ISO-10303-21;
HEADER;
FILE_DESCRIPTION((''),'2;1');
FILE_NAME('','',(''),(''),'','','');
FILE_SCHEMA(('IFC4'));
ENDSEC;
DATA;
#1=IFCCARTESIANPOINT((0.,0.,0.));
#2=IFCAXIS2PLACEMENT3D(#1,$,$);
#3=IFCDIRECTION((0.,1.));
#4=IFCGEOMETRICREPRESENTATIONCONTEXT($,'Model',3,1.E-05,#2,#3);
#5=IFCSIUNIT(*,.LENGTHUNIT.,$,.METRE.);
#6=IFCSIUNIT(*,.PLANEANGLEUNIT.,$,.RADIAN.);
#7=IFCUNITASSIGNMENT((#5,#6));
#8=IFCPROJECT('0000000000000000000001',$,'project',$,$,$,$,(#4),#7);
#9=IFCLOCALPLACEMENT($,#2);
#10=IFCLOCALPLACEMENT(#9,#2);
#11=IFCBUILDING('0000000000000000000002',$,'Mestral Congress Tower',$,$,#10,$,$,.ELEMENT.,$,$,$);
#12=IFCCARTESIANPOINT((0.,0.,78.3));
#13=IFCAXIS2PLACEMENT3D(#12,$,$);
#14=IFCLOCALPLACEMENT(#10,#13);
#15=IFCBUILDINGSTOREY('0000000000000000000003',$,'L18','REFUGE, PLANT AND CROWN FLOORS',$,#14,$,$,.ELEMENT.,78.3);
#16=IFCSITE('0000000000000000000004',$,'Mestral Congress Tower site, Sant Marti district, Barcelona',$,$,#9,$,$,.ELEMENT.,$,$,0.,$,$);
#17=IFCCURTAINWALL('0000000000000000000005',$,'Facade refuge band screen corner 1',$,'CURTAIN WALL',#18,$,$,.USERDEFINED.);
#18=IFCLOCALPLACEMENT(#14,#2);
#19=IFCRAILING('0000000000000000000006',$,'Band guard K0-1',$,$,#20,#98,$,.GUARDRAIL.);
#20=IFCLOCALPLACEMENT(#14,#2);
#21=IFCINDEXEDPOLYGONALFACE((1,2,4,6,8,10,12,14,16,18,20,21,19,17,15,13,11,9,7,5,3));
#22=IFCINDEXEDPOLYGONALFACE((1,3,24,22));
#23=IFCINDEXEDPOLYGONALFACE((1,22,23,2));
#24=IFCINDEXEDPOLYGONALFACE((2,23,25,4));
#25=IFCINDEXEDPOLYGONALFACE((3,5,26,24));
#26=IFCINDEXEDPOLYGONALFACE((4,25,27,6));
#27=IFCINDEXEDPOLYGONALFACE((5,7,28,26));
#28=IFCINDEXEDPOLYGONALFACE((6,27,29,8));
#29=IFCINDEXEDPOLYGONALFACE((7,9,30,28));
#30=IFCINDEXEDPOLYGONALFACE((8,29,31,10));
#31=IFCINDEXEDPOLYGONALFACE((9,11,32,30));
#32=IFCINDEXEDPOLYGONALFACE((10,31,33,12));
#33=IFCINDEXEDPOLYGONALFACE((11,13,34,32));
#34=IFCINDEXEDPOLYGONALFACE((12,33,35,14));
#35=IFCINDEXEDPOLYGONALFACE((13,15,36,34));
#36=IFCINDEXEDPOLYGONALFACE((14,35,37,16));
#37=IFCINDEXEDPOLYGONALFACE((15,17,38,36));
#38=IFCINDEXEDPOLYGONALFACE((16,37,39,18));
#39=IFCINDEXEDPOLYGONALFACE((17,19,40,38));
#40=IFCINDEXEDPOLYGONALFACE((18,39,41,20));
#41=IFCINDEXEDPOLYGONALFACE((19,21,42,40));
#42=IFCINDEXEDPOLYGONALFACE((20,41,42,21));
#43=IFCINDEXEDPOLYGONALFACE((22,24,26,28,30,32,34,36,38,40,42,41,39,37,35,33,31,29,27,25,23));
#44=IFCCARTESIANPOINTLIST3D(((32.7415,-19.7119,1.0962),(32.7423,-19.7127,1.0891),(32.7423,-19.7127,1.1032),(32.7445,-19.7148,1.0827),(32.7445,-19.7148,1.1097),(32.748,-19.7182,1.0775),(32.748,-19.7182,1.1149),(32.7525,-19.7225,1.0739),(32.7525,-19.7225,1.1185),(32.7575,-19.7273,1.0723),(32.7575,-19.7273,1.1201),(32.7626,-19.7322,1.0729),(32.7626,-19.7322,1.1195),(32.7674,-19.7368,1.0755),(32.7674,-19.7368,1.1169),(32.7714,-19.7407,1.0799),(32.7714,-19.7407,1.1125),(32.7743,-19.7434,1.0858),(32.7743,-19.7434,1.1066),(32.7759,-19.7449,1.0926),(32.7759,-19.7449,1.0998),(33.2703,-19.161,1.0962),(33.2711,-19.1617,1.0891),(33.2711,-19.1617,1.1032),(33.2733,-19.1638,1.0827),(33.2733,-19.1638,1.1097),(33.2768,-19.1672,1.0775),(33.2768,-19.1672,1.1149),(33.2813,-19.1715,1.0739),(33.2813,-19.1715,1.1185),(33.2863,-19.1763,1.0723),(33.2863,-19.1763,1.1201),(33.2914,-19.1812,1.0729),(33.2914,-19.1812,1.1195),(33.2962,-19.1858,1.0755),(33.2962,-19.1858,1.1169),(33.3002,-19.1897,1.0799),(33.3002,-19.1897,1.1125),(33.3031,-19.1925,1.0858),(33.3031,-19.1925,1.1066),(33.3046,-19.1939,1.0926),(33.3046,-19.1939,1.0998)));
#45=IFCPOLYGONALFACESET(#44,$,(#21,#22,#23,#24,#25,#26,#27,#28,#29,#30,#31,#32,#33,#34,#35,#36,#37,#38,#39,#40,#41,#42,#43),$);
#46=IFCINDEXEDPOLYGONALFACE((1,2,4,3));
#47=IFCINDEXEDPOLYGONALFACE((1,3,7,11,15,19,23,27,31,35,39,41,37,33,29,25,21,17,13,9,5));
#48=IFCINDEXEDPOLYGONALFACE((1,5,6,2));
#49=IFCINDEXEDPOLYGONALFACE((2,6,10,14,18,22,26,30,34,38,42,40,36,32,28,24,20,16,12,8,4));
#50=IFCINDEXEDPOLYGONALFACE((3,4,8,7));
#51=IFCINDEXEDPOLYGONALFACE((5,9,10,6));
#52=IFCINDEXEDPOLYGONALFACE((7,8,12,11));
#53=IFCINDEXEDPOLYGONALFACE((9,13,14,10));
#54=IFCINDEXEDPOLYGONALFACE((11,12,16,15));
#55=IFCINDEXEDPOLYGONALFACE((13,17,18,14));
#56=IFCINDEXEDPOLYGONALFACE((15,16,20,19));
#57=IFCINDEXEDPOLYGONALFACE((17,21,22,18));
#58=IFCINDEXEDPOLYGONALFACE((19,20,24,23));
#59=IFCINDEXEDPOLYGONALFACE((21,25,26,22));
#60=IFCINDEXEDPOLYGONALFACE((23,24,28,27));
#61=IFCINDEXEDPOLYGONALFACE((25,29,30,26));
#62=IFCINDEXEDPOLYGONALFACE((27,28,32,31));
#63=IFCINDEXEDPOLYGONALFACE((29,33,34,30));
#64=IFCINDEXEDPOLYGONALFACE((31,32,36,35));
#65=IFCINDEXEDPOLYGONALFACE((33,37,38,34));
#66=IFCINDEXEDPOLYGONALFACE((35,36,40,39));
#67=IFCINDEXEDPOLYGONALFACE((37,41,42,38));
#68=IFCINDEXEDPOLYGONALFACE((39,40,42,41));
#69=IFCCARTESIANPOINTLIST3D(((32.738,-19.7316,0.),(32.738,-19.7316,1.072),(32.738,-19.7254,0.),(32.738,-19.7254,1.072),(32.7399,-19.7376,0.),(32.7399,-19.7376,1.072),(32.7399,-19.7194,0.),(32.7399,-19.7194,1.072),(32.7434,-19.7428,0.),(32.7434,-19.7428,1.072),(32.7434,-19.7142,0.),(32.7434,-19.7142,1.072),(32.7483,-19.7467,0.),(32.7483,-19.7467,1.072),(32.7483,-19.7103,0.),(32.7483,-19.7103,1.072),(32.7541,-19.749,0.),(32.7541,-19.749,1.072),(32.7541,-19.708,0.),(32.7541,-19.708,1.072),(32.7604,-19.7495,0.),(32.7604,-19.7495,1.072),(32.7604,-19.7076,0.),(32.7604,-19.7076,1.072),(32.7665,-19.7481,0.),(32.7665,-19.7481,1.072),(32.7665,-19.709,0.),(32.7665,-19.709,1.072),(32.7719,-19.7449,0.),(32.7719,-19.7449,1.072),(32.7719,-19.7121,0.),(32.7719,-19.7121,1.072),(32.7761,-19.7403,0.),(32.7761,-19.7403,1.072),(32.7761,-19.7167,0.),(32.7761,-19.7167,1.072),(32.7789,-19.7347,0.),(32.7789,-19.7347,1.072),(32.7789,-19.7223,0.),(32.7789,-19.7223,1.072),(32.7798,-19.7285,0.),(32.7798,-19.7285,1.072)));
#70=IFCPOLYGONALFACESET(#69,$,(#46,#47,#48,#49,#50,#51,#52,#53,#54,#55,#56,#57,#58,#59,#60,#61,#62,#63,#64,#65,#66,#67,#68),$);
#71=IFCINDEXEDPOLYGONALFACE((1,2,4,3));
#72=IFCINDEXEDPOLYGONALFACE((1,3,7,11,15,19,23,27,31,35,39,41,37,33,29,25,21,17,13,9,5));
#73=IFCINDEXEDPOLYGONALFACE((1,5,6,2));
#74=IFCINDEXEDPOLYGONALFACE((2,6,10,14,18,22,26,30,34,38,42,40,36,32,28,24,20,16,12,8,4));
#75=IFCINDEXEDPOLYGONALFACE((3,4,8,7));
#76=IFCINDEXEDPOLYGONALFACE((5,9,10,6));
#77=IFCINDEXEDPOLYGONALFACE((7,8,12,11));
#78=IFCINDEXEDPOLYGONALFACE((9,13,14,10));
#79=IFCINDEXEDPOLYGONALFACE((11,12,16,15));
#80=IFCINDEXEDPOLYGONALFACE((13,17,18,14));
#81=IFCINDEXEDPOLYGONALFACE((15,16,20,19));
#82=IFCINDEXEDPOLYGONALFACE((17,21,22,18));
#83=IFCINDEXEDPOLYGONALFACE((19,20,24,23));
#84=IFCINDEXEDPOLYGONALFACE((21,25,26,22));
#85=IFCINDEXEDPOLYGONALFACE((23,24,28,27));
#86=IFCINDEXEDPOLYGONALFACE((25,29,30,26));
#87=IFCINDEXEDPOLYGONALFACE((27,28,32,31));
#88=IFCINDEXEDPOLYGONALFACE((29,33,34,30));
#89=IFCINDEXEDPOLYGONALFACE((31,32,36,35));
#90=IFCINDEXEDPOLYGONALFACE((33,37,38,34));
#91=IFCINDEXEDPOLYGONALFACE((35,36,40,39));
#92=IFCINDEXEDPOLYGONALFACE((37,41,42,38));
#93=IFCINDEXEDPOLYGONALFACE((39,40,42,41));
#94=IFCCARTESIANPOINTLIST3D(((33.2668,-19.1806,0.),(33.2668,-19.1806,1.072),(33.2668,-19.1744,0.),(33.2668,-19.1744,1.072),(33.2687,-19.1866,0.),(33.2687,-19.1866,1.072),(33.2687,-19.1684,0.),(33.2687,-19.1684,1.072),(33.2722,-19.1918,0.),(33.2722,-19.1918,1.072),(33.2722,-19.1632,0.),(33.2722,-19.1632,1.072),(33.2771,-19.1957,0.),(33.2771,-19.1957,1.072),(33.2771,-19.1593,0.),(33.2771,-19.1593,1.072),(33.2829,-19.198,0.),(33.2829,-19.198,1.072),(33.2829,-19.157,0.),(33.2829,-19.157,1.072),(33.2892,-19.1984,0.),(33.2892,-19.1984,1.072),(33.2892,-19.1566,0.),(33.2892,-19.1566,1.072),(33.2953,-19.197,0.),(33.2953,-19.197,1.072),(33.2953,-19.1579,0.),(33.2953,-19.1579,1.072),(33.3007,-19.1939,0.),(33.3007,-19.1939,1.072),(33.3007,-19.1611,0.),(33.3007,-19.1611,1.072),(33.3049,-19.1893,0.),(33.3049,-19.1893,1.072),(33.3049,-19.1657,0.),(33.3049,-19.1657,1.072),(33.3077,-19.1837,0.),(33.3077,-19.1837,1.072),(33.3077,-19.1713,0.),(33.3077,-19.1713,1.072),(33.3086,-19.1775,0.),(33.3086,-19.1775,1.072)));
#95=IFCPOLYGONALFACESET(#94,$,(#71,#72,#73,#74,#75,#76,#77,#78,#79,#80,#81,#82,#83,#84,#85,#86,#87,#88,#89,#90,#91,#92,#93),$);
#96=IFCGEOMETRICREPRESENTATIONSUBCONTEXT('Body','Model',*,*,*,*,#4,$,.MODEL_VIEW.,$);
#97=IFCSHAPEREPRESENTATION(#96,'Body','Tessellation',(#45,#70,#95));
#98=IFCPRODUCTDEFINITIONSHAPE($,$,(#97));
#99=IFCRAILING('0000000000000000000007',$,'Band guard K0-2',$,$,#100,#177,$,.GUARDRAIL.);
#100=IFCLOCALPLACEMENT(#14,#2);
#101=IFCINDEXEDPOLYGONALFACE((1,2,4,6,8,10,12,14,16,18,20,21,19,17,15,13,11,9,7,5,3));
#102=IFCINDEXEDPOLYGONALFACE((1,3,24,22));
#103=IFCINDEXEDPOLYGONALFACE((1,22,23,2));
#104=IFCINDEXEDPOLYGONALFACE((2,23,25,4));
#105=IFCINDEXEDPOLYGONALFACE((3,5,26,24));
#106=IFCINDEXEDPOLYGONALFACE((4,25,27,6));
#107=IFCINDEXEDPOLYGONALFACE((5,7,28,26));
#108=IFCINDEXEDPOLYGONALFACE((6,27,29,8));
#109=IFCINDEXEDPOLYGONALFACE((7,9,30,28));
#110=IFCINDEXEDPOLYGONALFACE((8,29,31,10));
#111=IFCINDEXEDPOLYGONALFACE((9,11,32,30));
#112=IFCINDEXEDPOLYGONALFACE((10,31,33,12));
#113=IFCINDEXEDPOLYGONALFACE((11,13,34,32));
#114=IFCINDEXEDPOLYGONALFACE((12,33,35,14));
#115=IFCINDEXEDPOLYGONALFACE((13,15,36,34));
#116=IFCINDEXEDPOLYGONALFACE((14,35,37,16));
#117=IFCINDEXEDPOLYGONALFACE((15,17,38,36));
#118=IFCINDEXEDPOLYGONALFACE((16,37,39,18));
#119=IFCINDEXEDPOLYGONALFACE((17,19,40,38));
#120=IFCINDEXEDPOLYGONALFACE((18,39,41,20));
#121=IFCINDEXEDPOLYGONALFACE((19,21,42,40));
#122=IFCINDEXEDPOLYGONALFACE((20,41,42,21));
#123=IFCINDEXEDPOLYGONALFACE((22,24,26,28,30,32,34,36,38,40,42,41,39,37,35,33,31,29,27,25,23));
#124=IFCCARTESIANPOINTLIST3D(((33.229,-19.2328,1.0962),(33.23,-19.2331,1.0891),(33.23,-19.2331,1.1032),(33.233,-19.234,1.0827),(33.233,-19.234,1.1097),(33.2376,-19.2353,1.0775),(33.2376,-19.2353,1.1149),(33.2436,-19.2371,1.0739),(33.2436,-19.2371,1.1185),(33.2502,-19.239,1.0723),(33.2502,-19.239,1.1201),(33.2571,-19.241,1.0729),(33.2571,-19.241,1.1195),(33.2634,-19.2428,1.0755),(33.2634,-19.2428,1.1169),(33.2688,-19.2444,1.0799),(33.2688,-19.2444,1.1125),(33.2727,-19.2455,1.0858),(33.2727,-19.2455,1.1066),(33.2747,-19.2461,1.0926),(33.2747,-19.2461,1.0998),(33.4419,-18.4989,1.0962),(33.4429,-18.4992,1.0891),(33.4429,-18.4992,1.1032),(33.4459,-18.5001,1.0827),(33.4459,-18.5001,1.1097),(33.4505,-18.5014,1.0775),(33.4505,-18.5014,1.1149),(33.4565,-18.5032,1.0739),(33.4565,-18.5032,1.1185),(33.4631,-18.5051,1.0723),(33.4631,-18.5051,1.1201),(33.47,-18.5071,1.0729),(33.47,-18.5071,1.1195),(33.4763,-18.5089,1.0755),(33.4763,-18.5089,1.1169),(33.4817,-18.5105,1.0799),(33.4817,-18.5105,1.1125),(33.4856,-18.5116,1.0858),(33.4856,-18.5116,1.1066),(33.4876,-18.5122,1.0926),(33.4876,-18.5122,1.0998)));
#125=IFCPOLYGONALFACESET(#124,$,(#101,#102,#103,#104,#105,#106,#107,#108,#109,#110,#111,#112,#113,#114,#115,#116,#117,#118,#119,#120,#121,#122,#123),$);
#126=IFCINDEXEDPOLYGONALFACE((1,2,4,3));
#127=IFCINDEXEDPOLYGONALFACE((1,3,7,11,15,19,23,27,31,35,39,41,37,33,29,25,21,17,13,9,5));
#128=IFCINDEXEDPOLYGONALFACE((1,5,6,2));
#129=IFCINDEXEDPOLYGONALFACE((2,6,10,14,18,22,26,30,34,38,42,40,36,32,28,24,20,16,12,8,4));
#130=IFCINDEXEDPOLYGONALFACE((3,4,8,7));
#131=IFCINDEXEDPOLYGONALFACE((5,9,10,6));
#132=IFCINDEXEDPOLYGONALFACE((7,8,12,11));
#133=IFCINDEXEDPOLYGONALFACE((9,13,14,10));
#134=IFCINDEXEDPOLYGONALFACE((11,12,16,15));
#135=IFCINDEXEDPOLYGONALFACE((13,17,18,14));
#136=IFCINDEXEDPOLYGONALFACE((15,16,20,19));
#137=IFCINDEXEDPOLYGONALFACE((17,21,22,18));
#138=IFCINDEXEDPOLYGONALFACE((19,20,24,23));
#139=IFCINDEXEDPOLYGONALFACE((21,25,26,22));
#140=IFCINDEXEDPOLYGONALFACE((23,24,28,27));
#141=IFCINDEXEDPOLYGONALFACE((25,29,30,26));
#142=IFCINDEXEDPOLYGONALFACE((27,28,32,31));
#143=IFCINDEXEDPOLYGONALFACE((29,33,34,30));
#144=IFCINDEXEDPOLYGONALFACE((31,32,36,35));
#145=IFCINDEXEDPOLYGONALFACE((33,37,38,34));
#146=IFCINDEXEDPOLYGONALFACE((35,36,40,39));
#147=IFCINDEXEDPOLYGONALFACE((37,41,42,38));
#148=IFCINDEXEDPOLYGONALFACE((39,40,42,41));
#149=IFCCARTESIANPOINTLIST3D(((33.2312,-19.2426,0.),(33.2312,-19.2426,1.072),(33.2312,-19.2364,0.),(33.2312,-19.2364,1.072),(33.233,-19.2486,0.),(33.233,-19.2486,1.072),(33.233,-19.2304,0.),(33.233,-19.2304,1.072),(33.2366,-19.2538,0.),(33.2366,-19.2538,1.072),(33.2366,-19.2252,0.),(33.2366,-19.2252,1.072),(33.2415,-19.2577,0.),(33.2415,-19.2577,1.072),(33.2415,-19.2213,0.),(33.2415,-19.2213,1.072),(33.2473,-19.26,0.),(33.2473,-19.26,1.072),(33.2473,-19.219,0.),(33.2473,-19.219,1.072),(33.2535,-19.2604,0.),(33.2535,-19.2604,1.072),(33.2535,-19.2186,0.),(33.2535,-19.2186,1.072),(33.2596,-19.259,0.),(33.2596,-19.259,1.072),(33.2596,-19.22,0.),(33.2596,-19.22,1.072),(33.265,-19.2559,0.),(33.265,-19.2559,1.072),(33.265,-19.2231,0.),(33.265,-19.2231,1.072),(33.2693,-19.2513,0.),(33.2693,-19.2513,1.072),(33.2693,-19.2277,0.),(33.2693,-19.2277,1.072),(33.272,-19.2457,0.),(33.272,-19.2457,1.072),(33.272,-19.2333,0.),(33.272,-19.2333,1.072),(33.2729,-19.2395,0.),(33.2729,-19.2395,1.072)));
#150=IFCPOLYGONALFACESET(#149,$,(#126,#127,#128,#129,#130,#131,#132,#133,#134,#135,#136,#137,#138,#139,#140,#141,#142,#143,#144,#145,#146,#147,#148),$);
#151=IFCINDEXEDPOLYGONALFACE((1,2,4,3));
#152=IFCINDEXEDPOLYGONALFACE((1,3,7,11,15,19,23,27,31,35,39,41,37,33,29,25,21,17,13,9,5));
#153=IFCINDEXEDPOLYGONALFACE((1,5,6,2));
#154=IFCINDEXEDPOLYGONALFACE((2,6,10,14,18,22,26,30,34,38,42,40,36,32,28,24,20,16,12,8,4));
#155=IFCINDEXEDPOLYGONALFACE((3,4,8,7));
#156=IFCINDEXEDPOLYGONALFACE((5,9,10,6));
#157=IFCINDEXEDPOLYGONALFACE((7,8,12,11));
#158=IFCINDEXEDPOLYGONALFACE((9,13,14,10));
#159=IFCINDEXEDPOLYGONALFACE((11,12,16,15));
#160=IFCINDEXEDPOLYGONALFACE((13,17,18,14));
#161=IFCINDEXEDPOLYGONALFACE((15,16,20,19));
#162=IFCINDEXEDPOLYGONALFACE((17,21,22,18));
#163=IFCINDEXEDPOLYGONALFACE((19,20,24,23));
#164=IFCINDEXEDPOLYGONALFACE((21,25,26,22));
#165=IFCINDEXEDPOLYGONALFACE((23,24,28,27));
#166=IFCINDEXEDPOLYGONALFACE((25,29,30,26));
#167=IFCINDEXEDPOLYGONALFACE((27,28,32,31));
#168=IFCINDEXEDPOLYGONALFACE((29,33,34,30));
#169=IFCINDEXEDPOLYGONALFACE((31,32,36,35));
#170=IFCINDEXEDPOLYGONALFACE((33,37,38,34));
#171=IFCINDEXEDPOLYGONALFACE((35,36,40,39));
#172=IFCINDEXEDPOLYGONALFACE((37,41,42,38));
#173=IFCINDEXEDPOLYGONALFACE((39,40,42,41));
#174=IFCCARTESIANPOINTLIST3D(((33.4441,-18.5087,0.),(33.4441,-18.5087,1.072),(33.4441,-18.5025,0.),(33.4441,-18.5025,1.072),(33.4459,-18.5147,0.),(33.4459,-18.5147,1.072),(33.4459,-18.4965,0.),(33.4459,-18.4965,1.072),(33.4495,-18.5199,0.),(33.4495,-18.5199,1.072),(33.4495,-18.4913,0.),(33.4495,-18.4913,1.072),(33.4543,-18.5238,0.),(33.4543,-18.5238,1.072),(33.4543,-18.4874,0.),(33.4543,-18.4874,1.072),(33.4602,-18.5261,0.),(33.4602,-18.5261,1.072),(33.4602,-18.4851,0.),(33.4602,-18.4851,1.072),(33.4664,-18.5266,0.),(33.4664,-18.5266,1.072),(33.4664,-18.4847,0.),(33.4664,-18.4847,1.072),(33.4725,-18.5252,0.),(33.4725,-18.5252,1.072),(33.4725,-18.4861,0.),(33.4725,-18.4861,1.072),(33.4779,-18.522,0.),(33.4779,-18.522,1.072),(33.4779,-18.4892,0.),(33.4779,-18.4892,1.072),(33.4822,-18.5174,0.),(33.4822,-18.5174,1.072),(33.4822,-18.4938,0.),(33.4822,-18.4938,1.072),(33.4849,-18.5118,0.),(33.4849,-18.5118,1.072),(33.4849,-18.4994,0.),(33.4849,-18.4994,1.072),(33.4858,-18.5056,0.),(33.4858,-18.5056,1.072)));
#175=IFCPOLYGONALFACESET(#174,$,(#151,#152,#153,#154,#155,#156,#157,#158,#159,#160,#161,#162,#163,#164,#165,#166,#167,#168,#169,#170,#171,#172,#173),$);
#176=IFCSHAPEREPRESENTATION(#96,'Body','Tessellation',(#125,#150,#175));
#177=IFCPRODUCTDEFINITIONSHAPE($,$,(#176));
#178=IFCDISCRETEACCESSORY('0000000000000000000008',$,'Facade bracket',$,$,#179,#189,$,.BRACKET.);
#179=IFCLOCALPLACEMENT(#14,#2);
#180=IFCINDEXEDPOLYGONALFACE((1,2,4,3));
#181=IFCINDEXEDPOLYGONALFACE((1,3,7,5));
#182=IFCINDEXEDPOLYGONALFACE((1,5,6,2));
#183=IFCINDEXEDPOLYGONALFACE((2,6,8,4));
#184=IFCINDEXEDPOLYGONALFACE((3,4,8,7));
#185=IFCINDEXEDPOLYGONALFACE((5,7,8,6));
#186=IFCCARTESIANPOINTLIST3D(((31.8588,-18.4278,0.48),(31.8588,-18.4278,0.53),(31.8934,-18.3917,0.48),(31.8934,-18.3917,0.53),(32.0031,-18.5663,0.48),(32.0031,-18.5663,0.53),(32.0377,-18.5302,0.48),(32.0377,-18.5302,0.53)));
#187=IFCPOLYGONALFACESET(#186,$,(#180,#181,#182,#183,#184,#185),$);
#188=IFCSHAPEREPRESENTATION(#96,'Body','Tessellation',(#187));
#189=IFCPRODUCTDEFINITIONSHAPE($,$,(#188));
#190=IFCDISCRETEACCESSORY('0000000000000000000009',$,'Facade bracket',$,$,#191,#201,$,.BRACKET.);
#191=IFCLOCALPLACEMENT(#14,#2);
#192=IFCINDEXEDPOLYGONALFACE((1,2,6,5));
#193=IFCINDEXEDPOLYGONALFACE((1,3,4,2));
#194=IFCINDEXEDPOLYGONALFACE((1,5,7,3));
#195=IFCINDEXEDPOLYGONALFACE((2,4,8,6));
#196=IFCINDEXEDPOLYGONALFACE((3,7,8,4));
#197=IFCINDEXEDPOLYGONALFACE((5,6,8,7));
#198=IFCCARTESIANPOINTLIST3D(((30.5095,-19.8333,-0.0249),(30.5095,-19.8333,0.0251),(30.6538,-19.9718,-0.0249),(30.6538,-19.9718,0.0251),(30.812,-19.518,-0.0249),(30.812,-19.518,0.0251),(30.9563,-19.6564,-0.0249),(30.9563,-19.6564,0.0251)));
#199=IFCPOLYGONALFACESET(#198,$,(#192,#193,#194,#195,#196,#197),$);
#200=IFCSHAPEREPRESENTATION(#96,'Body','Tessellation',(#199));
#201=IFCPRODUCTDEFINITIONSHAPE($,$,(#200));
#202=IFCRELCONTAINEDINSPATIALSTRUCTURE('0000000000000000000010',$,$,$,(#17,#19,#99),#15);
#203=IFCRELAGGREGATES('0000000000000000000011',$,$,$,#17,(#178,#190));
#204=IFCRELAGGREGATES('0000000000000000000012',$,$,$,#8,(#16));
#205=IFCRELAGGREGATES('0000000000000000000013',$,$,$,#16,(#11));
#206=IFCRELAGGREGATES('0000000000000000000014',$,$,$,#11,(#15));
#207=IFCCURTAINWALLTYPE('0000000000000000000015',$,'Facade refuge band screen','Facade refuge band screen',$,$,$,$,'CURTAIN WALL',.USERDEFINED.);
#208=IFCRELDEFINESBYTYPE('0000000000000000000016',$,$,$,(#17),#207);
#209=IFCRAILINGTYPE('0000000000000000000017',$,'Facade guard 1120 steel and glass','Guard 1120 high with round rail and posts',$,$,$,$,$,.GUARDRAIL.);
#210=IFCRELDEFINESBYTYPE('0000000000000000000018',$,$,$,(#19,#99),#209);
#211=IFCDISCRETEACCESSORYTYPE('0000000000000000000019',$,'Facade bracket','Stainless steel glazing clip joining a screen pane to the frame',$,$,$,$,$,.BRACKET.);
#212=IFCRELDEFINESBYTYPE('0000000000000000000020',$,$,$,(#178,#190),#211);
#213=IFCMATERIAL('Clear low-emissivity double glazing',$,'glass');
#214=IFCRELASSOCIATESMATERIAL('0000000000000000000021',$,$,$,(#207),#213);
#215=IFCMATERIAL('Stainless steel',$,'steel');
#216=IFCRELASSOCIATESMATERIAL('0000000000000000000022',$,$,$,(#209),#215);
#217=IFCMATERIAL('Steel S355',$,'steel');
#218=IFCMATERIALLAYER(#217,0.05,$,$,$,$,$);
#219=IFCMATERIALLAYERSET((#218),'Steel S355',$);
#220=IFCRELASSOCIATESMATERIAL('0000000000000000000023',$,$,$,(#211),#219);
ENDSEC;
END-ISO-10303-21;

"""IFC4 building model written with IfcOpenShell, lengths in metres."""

from ifc_helpers import new_model, si_unit, direction, frame, origin, origin_2d, place, context, subcontext, project, spatial, rectangle, circle, extrude, material, layer, layer_set, type_object, element, aggregate, save


model = new_model("IFC4")

# Units and contexts
model_context = context("Model", 3, precision=1e-05, world=origin(), true_north=direction((0.0, 1.0)))
body_context = subcontext(model_context, "Body", "Model", "MODEL_VIEW")
ifc_project = project(units=[si_unit("LENGTHUNIT", "METRE"), si_unit("PLANEANGLEUNIT", "RADIAN")], contexts=[model_context])

# Site, building, storey
site_placement = place(None, origin())
site = spatial("IfcSite", under=ifc_project, at=site_placement, Name="Mestral Congress Tower site, Sant Marti district, Barcelona", CompositionType="ELEMENT", RefElevation=0.0)
building_placement = place(site_placement, origin())
building = spatial("IfcBuilding", under=site, at=building_placement, Name="Mestral Congress Tower", CompositionType="ELEMENT")
storey_placement = place(building_placement, frame((0.0, 0.0, 78.3)))
storey = spatial("IfcBuildingStorey", under=building, at=storey_placement, Name="L18", Description="REFUGE, PLANT AND CROWN FLOORS", CompositionType="ELEMENT", Elevation=78.3)

# Shared definitions
ifc_material_1 = material(Name="Steel S355", Category="steel")

# Curtain wall
ifc_material_2 = material(Name="Clear low-emissivity double glazing", Category="glass")
curtain_wall_type = type_object("IfcCurtainWallType", Name="Facade refuge band screen", Description="Facade refuge band screen", ElementType="CURTAIN WALL", PredefinedType="USERDEFINED", material=ifc_material_2)
curtain_wall_placement = place(storey_placement, origin())
curtain_wall = element("IfcCurtainWall", 1, at=curtain_wall_placement, inside=storey, type_object=curtain_wall_type, Name="Facade refuge band screen corner 1", ObjectType="CURTAIN WALL", PredefinedType="USERDEFINED")

# Railings
ifc_material_3 = material(Name="Stainless steel", Category="steel")
railing_type = type_object("IfcRailingType", Name="Facade guard 1120 steel and glass", Description="Guard 1120 high with round rail and posts", PredefinedType="GUARDRAIL", material=ifc_material_3)
railing_1_placement = place(storey_placement, frame((32.7588, -19.7285, 0.0)))
element("IfcRailing", 2, at=railing_1_placement, inside=storey, type_object=railing_type, Name="Band guard K0-1", PredefinedType="GUARDRAIL", context=body_context, shape_type="SweptSolid", body=[
    extrude(circle(Radius=0.0239, at=origin_2d()), frame((0.0, 0.0, 1.0962), z_axis=(0.692412, 0.721502, 0.0), x_axis=(-0.721502, 0.692412, 0.0)), (0.0, 0.0, 1.0), 0.7637),
    extrude(circle(Radius=0.021, at=origin_2d()), origin(), (0.0, 0.0, 1.0), 1.072),
    extrude(circle(Radius=0.021, at=origin_2d()), frame((0.5288, 0.551, 0.0)), (0.0, 0.0, 1.0), 1.072),
])
railing_2_placement = place(storey_placement, frame((33.252, -19.2395, 0.0)))
element("IfcRailing", 3, at=railing_2_placement, inside=storey, type_object=railing_type, Name="Band guard K0-2", PredefinedType="GUARDRAIL", context=body_context, shape_type="SweptSolid", body=[
    extrude(circle(Radius=0.0239, at=origin_2d()), frame((0.0, 0.0, 1.0962), z_axis=(0.278601, 0.960407, 0.0), x_axis=(-0.960407, 0.278601, 0.0)), (0.0, 0.0, 1.0), 0.7642),
    extrude(circle(Radius=0.021, at=origin_2d()), origin(), (0.0, 0.0, 1.0), 1.072),
    extrude(circle(Radius=0.021, at=origin_2d()), frame((0.2129, 0.7339, 0.0)), (0.0, 0.0, 1.0), 1.072),
])

# Discrete accessories
ifc_layer_1 = layer(ifc_material_1, 0.05)
ifc_layer_set_1 = layer_set([ifc_layer_1], Name="Steel S355")
discrete_accessory_type = type_object("IfcDiscreteAccessoryType", Name="Facade bracket", Description="Stainless steel glazing clip joining a screen pane to the frame", PredefinedType="BRACKET", material=ifc_layer_set_1)
discrete_accessory_1_placement = place(storey_placement, frame((31.9482, -18.479, 0.48), z_axis=(0.0, 0.0, 1.0), x_axis=(0.69237, 0.721543, 0.0)))
discrete_accessory_1 = element("IfcDiscreteAccessory", 4, at=discrete_accessory_1_placement, type_object=discrete_accessory_type, Name="Facade bracket", PredefinedType="BRACKET", context=body_context, shape_type="SweptSolid", body=[
    extrude(rectangle(XDim=0.05, YDim=0.2, at=origin_2d()), origin(), (0.0, 0.0, 1.0), 0.05),
])
discrete_accessory_2_placement = place(storey_placement, frame((30.7329, -19.7449, -0.0249), z_axis=(0.0, 0.0, 1.0), x_axis=(0.692289, 0.72162, 0.0)))
discrete_accessory_2 = element("IfcDiscreteAccessory", 5, at=discrete_accessory_2_placement, type_object=discrete_accessory_type, Name="Facade bracket", PredefinedType="BRACKET", context=body_context, shape_type="SweptSolid", body=[
    extrude(rectangle(XDim=0.437, YDim=0.2, at=origin_2d()), origin(), (0.0, 0.0, 1.0), 0.05),
])
aggregate(curtain_wall, [discrete_accessory_1, discrete_accessory_2])

save(model, "model.ifc")
